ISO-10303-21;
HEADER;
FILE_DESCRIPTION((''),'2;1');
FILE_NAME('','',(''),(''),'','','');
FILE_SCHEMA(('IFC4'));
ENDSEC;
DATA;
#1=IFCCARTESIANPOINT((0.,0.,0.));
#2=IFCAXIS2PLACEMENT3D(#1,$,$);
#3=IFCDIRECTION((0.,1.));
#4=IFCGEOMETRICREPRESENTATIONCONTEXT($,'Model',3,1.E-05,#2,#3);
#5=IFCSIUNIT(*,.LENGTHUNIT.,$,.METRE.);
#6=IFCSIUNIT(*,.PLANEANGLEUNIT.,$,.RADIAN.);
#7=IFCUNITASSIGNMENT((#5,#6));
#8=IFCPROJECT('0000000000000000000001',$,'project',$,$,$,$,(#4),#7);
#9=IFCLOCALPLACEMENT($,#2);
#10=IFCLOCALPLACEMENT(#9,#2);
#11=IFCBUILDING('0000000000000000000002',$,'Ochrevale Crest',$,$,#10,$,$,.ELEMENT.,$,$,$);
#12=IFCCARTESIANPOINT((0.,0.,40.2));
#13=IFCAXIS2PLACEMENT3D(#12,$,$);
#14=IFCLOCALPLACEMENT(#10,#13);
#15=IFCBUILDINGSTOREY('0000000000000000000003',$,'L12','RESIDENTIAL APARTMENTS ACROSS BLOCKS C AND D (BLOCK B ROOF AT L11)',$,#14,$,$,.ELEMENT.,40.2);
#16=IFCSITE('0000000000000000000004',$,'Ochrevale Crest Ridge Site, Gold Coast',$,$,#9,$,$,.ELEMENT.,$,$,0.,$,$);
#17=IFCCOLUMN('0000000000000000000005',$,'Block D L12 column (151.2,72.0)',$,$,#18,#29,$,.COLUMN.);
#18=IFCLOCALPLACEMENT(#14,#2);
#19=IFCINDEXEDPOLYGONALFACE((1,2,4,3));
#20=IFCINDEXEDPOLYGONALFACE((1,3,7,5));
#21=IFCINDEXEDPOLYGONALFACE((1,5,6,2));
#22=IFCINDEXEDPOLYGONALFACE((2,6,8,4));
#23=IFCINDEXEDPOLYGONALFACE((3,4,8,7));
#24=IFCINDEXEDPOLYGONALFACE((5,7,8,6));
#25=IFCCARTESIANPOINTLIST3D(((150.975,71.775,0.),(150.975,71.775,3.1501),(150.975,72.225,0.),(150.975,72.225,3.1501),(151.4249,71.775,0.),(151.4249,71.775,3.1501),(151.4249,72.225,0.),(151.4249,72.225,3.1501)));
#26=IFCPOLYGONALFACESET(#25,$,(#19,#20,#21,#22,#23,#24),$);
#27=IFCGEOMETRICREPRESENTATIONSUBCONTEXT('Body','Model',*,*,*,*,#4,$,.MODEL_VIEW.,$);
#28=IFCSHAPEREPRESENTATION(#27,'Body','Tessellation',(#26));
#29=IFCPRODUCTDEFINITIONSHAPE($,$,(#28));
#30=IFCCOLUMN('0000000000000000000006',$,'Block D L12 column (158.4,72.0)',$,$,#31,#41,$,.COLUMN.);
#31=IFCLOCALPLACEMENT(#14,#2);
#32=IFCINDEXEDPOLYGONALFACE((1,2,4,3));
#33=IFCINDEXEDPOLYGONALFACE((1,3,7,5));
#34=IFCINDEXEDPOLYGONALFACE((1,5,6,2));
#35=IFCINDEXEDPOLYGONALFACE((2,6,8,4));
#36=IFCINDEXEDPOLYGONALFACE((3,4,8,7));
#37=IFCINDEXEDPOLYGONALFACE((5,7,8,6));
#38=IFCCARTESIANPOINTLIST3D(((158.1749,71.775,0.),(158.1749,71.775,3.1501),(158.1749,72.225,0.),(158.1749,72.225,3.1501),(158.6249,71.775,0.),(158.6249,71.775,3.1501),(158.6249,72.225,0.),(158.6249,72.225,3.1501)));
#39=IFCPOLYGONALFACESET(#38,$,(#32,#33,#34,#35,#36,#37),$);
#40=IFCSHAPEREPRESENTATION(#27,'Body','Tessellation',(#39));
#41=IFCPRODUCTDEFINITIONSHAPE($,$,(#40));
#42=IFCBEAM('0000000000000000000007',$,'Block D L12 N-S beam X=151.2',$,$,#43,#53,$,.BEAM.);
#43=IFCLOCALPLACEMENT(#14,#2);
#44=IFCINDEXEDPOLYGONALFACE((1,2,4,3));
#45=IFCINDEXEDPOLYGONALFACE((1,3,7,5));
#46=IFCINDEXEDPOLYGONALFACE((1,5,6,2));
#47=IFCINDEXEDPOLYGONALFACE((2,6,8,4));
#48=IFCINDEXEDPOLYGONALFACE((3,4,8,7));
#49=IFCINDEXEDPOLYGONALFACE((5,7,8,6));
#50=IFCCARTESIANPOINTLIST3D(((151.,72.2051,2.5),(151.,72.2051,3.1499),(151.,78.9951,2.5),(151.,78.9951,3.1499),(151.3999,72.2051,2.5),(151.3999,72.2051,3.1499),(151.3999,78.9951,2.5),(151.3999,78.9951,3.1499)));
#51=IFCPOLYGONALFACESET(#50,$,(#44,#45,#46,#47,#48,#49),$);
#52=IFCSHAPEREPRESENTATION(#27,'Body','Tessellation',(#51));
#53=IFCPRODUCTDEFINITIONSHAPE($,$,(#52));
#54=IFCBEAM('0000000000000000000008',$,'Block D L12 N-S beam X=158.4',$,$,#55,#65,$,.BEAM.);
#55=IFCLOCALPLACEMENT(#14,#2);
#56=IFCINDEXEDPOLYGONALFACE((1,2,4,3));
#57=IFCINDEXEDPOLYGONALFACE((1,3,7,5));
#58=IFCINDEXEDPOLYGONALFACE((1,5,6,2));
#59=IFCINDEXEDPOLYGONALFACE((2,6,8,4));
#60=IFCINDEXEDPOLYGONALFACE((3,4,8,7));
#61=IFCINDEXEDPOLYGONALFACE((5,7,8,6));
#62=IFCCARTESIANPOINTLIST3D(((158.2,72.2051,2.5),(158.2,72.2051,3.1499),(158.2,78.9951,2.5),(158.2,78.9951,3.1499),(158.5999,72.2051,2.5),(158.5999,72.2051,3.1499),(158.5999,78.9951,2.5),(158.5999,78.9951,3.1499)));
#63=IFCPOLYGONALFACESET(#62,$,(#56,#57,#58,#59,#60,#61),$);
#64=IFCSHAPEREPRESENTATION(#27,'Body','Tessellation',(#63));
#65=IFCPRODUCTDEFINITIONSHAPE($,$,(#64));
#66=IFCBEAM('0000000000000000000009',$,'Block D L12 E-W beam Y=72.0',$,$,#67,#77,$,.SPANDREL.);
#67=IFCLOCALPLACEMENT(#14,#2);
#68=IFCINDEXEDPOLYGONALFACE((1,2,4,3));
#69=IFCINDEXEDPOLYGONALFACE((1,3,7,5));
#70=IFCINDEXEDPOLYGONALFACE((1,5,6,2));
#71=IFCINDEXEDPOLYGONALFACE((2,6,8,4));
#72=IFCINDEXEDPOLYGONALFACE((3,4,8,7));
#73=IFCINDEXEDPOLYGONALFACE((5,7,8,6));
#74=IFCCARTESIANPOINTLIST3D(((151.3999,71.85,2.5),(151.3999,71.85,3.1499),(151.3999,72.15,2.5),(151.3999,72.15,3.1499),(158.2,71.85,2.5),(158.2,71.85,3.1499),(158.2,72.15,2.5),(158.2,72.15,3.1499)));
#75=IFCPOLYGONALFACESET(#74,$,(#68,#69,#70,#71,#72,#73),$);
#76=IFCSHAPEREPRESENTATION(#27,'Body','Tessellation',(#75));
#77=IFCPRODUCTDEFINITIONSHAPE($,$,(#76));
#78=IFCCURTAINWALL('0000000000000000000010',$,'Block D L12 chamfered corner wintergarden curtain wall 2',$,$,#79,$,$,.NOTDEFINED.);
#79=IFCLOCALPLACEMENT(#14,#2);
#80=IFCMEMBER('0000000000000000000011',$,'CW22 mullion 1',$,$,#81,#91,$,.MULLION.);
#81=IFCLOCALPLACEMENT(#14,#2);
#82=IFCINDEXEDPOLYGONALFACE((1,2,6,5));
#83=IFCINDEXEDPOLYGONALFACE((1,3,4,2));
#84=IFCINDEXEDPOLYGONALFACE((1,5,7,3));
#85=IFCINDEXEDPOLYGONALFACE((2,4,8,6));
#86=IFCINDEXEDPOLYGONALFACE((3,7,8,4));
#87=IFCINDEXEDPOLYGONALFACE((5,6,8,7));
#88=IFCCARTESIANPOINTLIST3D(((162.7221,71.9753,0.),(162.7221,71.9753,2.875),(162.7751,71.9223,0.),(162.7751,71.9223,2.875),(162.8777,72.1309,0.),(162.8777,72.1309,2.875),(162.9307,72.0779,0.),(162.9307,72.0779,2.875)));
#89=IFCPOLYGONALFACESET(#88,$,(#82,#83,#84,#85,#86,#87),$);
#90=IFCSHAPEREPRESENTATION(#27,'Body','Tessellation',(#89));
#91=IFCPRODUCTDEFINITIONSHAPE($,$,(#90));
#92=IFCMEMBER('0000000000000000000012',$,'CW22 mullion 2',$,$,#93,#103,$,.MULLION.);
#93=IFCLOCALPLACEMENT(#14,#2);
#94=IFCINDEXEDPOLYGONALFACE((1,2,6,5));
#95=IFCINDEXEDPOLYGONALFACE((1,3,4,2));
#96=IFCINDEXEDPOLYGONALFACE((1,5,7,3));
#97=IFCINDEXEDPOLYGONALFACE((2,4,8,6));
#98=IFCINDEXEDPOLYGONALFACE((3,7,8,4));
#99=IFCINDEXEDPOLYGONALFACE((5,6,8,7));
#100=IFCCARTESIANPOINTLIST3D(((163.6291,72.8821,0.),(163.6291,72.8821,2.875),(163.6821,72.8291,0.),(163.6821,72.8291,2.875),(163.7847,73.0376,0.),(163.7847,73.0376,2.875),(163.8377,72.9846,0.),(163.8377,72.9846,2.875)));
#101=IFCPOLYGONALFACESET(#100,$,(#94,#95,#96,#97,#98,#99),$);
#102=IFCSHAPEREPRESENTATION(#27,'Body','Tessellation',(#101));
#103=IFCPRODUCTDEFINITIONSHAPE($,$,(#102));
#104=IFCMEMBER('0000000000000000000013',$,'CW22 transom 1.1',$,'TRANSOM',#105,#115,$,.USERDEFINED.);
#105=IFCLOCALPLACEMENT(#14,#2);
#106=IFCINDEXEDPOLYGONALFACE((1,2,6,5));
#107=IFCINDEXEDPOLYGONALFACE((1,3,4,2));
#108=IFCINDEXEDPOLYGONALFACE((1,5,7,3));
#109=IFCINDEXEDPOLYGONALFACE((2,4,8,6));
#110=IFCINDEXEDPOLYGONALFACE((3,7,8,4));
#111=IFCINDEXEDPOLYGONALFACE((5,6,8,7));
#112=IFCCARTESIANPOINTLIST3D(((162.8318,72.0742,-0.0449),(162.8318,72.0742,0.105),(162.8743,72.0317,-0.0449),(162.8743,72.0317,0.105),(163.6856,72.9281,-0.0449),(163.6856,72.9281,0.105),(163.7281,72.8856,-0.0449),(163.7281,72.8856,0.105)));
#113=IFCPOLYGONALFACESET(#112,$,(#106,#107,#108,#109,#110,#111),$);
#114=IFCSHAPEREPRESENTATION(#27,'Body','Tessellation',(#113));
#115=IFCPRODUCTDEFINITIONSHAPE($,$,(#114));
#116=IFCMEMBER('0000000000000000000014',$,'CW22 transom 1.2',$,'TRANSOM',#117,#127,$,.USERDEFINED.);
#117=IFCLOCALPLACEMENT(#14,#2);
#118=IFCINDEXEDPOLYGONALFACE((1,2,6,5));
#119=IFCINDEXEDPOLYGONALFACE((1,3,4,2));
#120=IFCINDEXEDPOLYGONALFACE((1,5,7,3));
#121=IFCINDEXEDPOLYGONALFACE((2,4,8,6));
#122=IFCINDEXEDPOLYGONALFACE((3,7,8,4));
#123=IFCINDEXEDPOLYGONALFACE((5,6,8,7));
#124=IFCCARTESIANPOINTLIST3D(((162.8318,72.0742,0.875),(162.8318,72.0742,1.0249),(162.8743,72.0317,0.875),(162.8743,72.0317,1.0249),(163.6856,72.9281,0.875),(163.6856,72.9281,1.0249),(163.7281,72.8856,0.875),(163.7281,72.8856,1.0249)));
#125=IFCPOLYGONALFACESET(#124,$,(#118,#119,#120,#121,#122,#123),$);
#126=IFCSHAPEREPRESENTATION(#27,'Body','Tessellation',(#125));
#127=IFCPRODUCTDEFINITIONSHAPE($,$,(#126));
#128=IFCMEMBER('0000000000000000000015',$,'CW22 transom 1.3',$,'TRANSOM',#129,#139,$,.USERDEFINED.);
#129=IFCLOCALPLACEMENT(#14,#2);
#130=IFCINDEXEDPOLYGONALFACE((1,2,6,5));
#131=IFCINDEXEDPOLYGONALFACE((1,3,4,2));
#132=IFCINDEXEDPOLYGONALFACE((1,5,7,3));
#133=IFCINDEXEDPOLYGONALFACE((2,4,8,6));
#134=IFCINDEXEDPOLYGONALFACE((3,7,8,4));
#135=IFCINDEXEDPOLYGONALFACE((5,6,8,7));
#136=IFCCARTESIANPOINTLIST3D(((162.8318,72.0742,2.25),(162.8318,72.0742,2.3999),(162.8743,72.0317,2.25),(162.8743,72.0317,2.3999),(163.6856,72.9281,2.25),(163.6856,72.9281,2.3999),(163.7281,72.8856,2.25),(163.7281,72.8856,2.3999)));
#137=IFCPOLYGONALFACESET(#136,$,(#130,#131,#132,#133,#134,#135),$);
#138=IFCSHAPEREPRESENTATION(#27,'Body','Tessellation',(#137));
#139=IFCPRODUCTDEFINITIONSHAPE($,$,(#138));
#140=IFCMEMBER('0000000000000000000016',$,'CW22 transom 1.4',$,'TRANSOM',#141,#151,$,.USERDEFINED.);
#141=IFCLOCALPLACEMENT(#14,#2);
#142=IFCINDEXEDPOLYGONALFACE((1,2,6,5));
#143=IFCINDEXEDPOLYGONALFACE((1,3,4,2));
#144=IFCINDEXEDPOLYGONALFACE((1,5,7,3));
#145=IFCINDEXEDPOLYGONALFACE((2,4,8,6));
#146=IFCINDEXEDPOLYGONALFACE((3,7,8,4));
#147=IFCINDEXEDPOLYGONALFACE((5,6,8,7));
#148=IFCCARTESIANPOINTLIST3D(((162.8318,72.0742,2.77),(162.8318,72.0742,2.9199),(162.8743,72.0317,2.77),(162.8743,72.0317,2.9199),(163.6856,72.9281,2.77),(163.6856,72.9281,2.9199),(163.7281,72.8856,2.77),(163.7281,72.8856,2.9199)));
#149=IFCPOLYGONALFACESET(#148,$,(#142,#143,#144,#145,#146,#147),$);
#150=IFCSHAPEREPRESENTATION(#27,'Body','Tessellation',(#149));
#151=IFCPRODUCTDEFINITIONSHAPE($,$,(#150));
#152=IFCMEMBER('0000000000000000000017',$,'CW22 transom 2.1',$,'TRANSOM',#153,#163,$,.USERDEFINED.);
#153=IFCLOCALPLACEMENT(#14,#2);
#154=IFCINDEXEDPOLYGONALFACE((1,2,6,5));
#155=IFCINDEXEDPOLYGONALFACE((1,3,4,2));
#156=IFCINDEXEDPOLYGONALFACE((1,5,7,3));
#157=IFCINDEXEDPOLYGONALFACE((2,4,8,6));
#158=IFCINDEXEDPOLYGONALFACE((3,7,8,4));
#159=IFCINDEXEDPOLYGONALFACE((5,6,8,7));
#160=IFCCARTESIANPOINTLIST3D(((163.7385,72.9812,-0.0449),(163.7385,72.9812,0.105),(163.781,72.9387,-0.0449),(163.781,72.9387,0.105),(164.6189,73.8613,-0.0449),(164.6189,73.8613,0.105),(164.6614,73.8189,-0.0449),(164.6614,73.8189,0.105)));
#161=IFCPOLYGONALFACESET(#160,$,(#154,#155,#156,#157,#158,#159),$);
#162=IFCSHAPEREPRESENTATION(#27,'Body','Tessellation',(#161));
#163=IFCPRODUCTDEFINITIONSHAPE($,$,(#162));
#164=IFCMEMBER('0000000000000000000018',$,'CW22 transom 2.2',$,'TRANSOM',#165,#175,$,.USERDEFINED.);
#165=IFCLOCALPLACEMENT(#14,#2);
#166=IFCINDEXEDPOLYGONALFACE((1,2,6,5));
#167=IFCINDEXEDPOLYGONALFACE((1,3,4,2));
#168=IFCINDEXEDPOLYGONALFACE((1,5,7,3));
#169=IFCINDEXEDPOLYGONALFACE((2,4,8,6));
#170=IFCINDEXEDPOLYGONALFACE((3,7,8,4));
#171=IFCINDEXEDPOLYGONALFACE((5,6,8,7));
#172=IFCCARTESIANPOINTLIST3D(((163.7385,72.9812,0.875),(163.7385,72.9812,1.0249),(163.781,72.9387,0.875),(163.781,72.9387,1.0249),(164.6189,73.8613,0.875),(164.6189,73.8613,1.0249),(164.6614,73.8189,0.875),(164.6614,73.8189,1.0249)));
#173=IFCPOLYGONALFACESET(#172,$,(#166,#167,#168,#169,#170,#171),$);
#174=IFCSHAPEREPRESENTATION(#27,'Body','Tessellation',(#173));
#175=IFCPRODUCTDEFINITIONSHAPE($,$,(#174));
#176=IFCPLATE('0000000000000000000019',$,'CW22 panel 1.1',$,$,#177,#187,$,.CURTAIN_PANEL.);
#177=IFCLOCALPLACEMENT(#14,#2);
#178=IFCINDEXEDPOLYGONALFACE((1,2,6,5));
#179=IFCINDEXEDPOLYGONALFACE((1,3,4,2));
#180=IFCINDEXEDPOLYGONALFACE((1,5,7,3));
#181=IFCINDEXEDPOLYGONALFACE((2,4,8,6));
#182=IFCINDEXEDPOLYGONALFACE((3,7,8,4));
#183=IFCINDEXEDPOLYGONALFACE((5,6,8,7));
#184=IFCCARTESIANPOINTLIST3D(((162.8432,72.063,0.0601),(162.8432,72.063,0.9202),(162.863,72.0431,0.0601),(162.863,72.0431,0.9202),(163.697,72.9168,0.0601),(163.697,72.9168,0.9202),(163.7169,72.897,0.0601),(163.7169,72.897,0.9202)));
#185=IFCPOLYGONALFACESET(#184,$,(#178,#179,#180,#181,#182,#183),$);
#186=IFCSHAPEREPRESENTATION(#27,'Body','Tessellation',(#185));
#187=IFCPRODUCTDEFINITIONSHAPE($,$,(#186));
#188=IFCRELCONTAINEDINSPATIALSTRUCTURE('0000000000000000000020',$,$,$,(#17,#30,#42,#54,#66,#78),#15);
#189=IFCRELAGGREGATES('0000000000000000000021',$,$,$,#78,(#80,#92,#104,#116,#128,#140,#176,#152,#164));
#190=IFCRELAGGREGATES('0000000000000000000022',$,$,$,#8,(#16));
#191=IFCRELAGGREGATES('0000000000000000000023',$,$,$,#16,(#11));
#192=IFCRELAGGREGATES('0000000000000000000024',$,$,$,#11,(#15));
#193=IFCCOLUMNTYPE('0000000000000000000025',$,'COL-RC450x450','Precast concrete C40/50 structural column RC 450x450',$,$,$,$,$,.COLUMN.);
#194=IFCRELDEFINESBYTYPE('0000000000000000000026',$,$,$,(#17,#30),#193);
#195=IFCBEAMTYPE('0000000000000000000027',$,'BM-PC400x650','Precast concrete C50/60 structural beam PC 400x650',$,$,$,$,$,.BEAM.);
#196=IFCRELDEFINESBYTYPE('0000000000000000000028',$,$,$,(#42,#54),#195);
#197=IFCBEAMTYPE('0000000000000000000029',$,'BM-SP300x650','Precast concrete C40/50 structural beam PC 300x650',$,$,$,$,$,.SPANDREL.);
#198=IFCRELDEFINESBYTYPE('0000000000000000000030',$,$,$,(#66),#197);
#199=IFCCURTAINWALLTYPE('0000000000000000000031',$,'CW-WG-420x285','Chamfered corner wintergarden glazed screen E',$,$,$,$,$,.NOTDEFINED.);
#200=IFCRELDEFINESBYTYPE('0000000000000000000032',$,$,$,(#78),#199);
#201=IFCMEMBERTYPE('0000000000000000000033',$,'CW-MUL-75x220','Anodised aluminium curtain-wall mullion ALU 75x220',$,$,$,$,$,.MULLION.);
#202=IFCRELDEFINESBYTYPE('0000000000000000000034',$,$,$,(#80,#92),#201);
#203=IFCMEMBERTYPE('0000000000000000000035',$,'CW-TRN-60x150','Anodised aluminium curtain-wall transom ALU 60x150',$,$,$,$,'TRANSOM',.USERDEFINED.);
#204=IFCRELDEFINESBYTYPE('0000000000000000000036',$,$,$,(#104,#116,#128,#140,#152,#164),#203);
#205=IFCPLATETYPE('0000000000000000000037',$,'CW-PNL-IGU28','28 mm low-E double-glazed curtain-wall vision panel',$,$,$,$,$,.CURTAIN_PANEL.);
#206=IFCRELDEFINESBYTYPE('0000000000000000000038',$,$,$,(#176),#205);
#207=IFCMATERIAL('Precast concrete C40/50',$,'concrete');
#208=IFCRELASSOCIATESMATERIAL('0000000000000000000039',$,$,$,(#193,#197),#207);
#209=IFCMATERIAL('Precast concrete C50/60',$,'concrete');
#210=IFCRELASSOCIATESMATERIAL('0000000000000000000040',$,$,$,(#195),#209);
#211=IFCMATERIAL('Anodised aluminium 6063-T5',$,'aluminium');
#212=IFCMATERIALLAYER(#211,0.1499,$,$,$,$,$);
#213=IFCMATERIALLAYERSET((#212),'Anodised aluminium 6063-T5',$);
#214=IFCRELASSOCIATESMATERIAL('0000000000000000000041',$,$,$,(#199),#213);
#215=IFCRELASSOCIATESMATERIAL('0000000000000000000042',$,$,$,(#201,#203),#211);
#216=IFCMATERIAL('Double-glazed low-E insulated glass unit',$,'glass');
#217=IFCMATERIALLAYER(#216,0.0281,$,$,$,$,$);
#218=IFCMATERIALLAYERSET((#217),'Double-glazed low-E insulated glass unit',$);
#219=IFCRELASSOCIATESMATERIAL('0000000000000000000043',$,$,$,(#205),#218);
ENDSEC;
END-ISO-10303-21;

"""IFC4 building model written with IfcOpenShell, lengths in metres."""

from ifc_helpers import new_model, si_unit, direction, frame, origin, origin_2d, place, context, subcontext, project, spatial, rectangle, extrude, material, layer, layer_set, material_profile, profile_set, type_object, element, aggregate, save


model = new_model("IFC4")

# Units and contexts
model_context = context("Model", 3, precision=1e-05, world=origin(), true_north=direction((0.0, 1.0)))
body_context = subcontext(model_context, "Body", "Model", "MODEL_VIEW")
ifc_project = project(units=[si_unit("LENGTHUNIT", "METRE"), si_unit("PLANEANGLEUNIT", "RADIAN")], contexts=[model_context])

# Site, building, storey
site_placement = place(None, origin())
site = spatial("IfcSite", under=ifc_project, at=site_placement, Name="Ochrevale Crest Ridge Site, Gold Coast", CompositionType="ELEMENT", RefElevation=0.0)
building_placement = place(site_placement, origin())
building = spatial("IfcBuilding", under=site, at=building_placement, Name="Ochrevale Crest", CompositionType="ELEMENT")
storey_placement = place(building_placement, frame((0.0, 0.0, 40.2)))
storey = spatial("IfcBuildingStorey", under=building, at=storey_placement, Name="L12", Description="RESIDENTIAL APARTMENTS ACROSS BLOCKS C AND D (BLOCK B ROOF AT L11)", CompositionType="ELEMENT", Elevation=40.2)

# Columns
ifc_material_1 = material(Name="Precast concrete C40/50", Category="concrete")
ifc_material_profile_1 = material_profile(ifc_material_1, rectangle(XDim=0.45, YDim=0.45, at=origin_2d()), Name="RC 450x450")
ifc_profile_set_1 = profile_set([ifc_material_profile_1], Name="Precast concrete C40/50")
column_type = type_object("IfcColumnType", Name="COL-RC450x450", Description="Precast concrete C40/50 structural column RC 450x450", PredefinedType="COLUMN", material=ifc_profile_set_1)
for number, where, z_axis, x_axis, name in (
    (1, (151.2, 72.0, 0.0), (0.0, 0.0, 1.0), (1.0, 0.0, 0.0), "Block D L12 column (151.2,72.0)"),
    (2, (158.3999, 72.0, 0.0), (0.0, 0.0, 1.0), (1.0, 0.0, 0.0), "Block D L12 column (158.4,72.0)"),
):
    element("IfcColumn", number, at=place(storey_placement, frame(where, z_axis=z_axis, x_axis=x_axis)), inside=storey, type_object=column_type, Name=name, PredefinedType="COLUMN", context=body_context, shape_type="SweptSolid", body=[
        extrude(rectangle(XDim=0.45, YDim=0.45, at=origin_2d()), origin(), (0.0, 0.0, 1.0), 3.1501),
    ])

# Beams
ifc_material_2 = material(Name="Precast concrete C50/60", Category="concrete")
ifc_material_profile_2 = material_profile(ifc_material_2, rectangle(XDim=0.3999, YDim=0.6499, at=origin_2d()), Name="PC 400x650")
ifc_profile_set_2 = profile_set([ifc_material_profile_2], Name="Precast concrete C50/60")
beam_type_1 = type_object("IfcBeamType", Name="BM-PC400x650", Description="Precast concrete C50/60 structural beam PC 400x650", PredefinedType="BEAM", material=ifc_profile_set_2)
for number, where, z_axis, x_axis, name in (
    (3, (151.2, 72.2051, 2.825), (0.0, 1.0, 0.0), (-1.0, 0.0, 0.0), "Block D L12 N-S beam X=151.2"),
    (4, (158.3999, 72.2051, 2.825), (0.0, 1.0, 0.0), (-1.0, 0.0, 0.0), "Block D L12 N-S beam X=158.4"),
):
    element("IfcBeam", number, at=place(storey_placement, frame(where, z_axis=z_axis, x_axis=x_axis)), inside=storey, type_object=beam_type_1, Name=name, PredefinedType="BEAM", context=body_context, shape_type="SweptSolid", body=[
        extrude(rectangle(XDim=0.3999, YDim=0.6499, at=origin_2d()), origin(), (0.0, 0.0, 1.0), 6.79),
    ])
ifc_material_profile_3 = material_profile(ifc_material_1, rectangle(XDim=0.3, YDim=0.6499, at=origin_2d()), Name="PC 300x650")
ifc_profile_set_3 = profile_set([ifc_material_profile_3], Name="Precast concrete C40/50")
beam_type_2 = type_object("IfcBeamType", Name="BM-SP300x650", Description="Precast concrete C40/50 structural beam PC 300x650", PredefinedType="SPANDREL", material=ifc_profile_set_3)
beam_placement = place(storey_placement, frame((151.3999, 72.0, 2.825), z_axis=(1.0, 0.0, 0.0), x_axis=(0.0, 1.0, 0.0)))
element("IfcBeam", 5, at=beam_placement, inside=storey, type_object=beam_type_2, Name="Block D L12 E-W beam Y=72.0", PredefinedType="SPANDREL", context=body_context, shape_type="SweptSolid", body=[
    extrude(rectangle(XDim=0.3, YDim=0.6499, at=origin_2d()), origin(), (0.0, 0.0, 1.0), 6.8),
])

# Curtain wall, members, plate
ifc_material_3 = material(Name="Anodised aluminium 6063-T5", Category="aluminium")
ifc_layer_1 = layer(ifc_material_3, 0.1499)
ifc_layer_set_1 = layer_set([ifc_layer_1], Name="Anodised aluminium 6063-T5")
curtain_wall_type = type_object("IfcCurtainWallType", Name="CW-WG-420x285", Description="Chamfered corner wintergarden glazed screen E", PredefinedType="NOTDEFINED", material=ifc_layer_set_1)
curtain_wall_placement = place(storey_placement, origin())
curtain_wall = element("IfcCurtainWall", 6, at=curtain_wall_placement, inside=storey, type_object=curtain_wall_type, Name="Block D L12 chamfered corner wintergarden curtain wall 2", PredefinedType="NOTDEFINED")
ifc_material_profile_4 = material_profile(ifc_material_3, rectangle(XDim=0.075, YDim=0.22, at=origin_2d()), Name="ALU 75x220")
ifc_profile_set_4 = profile_set([ifc_material_profile_4], Name="Anodised aluminium 6063-T5")
member_type_1 = type_object("IfcMemberType", Name="CW-MUL-75x220", Description="Anodised aluminium curtain-wall mullion ALU 75x220", PredefinedType="MULLION", material=ifc_profile_set_4)
member_1_placement = place(storey_placement, frame((162.8264, 72.0266, 0.0), z_axis=(0.0, 0.0, 1.0), x_axis=(-0.707107, 0.707107, 0.0)))
member_1 = element("IfcMember", 7, at=member_1_placement, type_object=member_type_1, Name="CW22 mullion 1", PredefinedType="MULLION", context=body_context, shape_type="SweptSolid", body=[
    extrude(rectangle(XDim=0.075, YDim=0.22, at=origin_2d()), origin(), (0.0, 0.0, 1.0), 2.875),
])
member_2_placement = place(storey_placement, frame((163.7334, 72.9333, 0.0), z_axis=(0.0, 0.0, 1.0), x_axis=(-0.707107, 0.707107, 0.0)))
member_2 = element("IfcMember", 8, at=member_2_placement, type_object=member_type_1, Name="CW22 mullion 2", PredefinedType="MULLION", context=body_context, shape_type="SweptSolid", body=[
    extrude(rectangle(XDim=0.075, YDim=0.22, at=origin_2d()), origin(), (0.0, 0.0, 1.0), 2.875),
])
ifc_material_profile_5 = material_profile(ifc_material_3, rectangle(XDim=0.0601, YDim=0.1499, at=origin_2d()), Name="ALU 60x150")
ifc_profile_set_5 = profile_set([ifc_material_profile_5], Name="Anodised aluminium 6063-T5")
member_type_2 = type_object("IfcMemberType", Name="CW-TRN-60x150", Description="Anodised aluminium curtain-wall transom ALU 60x150", ElementType="TRANSOM", PredefinedType="USERDEFINED", material=ifc_profile_set_5)
member_3_placement = place(storey_placement, frame((162.853, 72.053, 0.03), z_axis=(0.707107, 0.707107, 0.0), x_axis=(-0.707107, 0.707107, 0.0)))
member_3 = element("IfcMember", 9, at=member_3_placement, type_object=member_type_2, Name="CW22 transom 1.1", ObjectType="TRANSOM", PredefinedType="USERDEFINED", context=body_context, shape_type="SweptSolid", body=[
    extrude(rectangle(XDim=0.0601, YDim=0.1499, at=origin_2d()), origin(), (0.0, 0.0, 1.0), 1.2075),
])
member_4_placement = place(storey_placement, frame((162.853, 72.053, 0.95), z_axis=(0.707107, 0.707107, 0.0), x_axis=(-0.707107, 0.707107, 0.0)))
member_4 = element("IfcMember", 10, at=member_4_placement, type_object=member_type_2, Name="CW22 transom 1.2", ObjectType="TRANSOM", PredefinedType="USERDEFINED", context=body_context, shape_type="SweptSolid", body=[
    extrude(rectangle(XDim=0.0601, YDim=0.1499, at=origin_2d()), origin(), (0.0, 0.0, 1.0), 1.2075),
])
member_5_placement = place(storey_placement, frame((162.853, 72.053, 2.325), z_axis=(0.707107, 0.707107, 0.0), x_axis=(-0.707107, 0.707107, 0.0)))
member_5 = element("IfcMember", 11, at=member_5_placement, type_object=member_type_2, Name="CW22 transom 1.3", ObjectType="TRANSOM", PredefinedType="USERDEFINED", context=body_context, shape_type="SweptSolid", body=[
    extrude(rectangle(XDim=0.0601, YDim=0.1499, at=origin_2d()), origin(), (0.0, 0.0, 1.0), 1.2075),
])
member_6_placement = place(storey_placement, frame((162.853, 72.053, 2.845), z_axis=(0.707107, 0.707107, 0.0), x_axis=(-0.707107, 0.707107, 0.0)))
member_6 = element("IfcMember", 12, at=member_6_placement, type_object=member_type_2, Name="CW22 transom 1.4", ObjectType="TRANSOM", PredefinedType="USERDEFINED", context=body_context, shape_type="SweptSolid", body=[
    extrude(rectangle(XDim=0.0601, YDim=0.1499, at=origin_2d()), origin(), (0.0, 0.0, 1.0), 1.2075),
])
member_7_placement = place(storey_placement, frame((163.7598, 72.96, 0.03), z_axis=(0.707205, 0.707009, 0.0), x_axis=(-0.707009, 0.707205, 0.0)))
member_7 = element("IfcMember", 13, at=member_7_placement, type_object=member_type_2, Name="CW22 transom 2.1", ObjectType="TRANSOM", PredefinedType="USERDEFINED", context=body_context, shape_type="SweptSolid", body=[
    extrude(rectangle(XDim=0.0601, YDim=0.1499, at=origin_2d()), origin(), (0.0, 0.0, 1.0), 1.2449),
])
member_8_placement = place(storey_placement, frame((163.7598, 72.96, 0.95), z_axis=(0.707205, 0.707009, 0.0), x_axis=(-0.707009, 0.707205, 0.0)))
member_8 = element("IfcMember", 14, at=member_8_placement, type_object=member_type_2, Name="CW22 transom 2.2", ObjectType="TRANSOM", PredefinedType="USERDEFINED", context=body_context, shape_type="SweptSolid", body=[
    extrude(rectangle(XDim=0.0601, YDim=0.1499, at=origin_2d()), origin(), (0.0, 0.0, 1.0), 1.2449),
])
ifc_material_4 = material(Name="Double-glazed low-E insulated glass unit", Category="glass")
ifc_layer_2 = layer(ifc_material_4, 0.0281)
ifc_layer_set_2 = layer_set([ifc_layer_2], Name="Double-glazed low-E insulated glass unit")
plate_type = type_object("IfcPlateType", Name="CW-PNL-IGU28", Description="28 mm low-E double-glazed curtain-wall vision panel", PredefinedType="CURTAIN_PANEL", material=ifc_layer_set_2)
plate_1_placement = place(storey_placement, frame((163.28, 72.48, 0.0601), z_axis=(0.0, 0.0, 1.0), x_axis=(0.707107, 0.707107, 0.0)))
plate_1 = element("IfcPlate", 15, at=plate_1_placement, type_object=plate_type, Name="CW22 panel 1.1", PredefinedType="CURTAIN_PANEL", context=body_context, shape_type="SweptSolid", body=[
    extrude(rectangle(XDim=1.2075, YDim=0.0281, at=origin_2d()), origin(), (0.0, 0.0, 1.0), 0.8601),
])
aggregate(curtain_wall, [member_1, member_2, member_3, member_4, member_5, member_6, plate_1, member_7, member_8])

save(model, "model.ifc")
